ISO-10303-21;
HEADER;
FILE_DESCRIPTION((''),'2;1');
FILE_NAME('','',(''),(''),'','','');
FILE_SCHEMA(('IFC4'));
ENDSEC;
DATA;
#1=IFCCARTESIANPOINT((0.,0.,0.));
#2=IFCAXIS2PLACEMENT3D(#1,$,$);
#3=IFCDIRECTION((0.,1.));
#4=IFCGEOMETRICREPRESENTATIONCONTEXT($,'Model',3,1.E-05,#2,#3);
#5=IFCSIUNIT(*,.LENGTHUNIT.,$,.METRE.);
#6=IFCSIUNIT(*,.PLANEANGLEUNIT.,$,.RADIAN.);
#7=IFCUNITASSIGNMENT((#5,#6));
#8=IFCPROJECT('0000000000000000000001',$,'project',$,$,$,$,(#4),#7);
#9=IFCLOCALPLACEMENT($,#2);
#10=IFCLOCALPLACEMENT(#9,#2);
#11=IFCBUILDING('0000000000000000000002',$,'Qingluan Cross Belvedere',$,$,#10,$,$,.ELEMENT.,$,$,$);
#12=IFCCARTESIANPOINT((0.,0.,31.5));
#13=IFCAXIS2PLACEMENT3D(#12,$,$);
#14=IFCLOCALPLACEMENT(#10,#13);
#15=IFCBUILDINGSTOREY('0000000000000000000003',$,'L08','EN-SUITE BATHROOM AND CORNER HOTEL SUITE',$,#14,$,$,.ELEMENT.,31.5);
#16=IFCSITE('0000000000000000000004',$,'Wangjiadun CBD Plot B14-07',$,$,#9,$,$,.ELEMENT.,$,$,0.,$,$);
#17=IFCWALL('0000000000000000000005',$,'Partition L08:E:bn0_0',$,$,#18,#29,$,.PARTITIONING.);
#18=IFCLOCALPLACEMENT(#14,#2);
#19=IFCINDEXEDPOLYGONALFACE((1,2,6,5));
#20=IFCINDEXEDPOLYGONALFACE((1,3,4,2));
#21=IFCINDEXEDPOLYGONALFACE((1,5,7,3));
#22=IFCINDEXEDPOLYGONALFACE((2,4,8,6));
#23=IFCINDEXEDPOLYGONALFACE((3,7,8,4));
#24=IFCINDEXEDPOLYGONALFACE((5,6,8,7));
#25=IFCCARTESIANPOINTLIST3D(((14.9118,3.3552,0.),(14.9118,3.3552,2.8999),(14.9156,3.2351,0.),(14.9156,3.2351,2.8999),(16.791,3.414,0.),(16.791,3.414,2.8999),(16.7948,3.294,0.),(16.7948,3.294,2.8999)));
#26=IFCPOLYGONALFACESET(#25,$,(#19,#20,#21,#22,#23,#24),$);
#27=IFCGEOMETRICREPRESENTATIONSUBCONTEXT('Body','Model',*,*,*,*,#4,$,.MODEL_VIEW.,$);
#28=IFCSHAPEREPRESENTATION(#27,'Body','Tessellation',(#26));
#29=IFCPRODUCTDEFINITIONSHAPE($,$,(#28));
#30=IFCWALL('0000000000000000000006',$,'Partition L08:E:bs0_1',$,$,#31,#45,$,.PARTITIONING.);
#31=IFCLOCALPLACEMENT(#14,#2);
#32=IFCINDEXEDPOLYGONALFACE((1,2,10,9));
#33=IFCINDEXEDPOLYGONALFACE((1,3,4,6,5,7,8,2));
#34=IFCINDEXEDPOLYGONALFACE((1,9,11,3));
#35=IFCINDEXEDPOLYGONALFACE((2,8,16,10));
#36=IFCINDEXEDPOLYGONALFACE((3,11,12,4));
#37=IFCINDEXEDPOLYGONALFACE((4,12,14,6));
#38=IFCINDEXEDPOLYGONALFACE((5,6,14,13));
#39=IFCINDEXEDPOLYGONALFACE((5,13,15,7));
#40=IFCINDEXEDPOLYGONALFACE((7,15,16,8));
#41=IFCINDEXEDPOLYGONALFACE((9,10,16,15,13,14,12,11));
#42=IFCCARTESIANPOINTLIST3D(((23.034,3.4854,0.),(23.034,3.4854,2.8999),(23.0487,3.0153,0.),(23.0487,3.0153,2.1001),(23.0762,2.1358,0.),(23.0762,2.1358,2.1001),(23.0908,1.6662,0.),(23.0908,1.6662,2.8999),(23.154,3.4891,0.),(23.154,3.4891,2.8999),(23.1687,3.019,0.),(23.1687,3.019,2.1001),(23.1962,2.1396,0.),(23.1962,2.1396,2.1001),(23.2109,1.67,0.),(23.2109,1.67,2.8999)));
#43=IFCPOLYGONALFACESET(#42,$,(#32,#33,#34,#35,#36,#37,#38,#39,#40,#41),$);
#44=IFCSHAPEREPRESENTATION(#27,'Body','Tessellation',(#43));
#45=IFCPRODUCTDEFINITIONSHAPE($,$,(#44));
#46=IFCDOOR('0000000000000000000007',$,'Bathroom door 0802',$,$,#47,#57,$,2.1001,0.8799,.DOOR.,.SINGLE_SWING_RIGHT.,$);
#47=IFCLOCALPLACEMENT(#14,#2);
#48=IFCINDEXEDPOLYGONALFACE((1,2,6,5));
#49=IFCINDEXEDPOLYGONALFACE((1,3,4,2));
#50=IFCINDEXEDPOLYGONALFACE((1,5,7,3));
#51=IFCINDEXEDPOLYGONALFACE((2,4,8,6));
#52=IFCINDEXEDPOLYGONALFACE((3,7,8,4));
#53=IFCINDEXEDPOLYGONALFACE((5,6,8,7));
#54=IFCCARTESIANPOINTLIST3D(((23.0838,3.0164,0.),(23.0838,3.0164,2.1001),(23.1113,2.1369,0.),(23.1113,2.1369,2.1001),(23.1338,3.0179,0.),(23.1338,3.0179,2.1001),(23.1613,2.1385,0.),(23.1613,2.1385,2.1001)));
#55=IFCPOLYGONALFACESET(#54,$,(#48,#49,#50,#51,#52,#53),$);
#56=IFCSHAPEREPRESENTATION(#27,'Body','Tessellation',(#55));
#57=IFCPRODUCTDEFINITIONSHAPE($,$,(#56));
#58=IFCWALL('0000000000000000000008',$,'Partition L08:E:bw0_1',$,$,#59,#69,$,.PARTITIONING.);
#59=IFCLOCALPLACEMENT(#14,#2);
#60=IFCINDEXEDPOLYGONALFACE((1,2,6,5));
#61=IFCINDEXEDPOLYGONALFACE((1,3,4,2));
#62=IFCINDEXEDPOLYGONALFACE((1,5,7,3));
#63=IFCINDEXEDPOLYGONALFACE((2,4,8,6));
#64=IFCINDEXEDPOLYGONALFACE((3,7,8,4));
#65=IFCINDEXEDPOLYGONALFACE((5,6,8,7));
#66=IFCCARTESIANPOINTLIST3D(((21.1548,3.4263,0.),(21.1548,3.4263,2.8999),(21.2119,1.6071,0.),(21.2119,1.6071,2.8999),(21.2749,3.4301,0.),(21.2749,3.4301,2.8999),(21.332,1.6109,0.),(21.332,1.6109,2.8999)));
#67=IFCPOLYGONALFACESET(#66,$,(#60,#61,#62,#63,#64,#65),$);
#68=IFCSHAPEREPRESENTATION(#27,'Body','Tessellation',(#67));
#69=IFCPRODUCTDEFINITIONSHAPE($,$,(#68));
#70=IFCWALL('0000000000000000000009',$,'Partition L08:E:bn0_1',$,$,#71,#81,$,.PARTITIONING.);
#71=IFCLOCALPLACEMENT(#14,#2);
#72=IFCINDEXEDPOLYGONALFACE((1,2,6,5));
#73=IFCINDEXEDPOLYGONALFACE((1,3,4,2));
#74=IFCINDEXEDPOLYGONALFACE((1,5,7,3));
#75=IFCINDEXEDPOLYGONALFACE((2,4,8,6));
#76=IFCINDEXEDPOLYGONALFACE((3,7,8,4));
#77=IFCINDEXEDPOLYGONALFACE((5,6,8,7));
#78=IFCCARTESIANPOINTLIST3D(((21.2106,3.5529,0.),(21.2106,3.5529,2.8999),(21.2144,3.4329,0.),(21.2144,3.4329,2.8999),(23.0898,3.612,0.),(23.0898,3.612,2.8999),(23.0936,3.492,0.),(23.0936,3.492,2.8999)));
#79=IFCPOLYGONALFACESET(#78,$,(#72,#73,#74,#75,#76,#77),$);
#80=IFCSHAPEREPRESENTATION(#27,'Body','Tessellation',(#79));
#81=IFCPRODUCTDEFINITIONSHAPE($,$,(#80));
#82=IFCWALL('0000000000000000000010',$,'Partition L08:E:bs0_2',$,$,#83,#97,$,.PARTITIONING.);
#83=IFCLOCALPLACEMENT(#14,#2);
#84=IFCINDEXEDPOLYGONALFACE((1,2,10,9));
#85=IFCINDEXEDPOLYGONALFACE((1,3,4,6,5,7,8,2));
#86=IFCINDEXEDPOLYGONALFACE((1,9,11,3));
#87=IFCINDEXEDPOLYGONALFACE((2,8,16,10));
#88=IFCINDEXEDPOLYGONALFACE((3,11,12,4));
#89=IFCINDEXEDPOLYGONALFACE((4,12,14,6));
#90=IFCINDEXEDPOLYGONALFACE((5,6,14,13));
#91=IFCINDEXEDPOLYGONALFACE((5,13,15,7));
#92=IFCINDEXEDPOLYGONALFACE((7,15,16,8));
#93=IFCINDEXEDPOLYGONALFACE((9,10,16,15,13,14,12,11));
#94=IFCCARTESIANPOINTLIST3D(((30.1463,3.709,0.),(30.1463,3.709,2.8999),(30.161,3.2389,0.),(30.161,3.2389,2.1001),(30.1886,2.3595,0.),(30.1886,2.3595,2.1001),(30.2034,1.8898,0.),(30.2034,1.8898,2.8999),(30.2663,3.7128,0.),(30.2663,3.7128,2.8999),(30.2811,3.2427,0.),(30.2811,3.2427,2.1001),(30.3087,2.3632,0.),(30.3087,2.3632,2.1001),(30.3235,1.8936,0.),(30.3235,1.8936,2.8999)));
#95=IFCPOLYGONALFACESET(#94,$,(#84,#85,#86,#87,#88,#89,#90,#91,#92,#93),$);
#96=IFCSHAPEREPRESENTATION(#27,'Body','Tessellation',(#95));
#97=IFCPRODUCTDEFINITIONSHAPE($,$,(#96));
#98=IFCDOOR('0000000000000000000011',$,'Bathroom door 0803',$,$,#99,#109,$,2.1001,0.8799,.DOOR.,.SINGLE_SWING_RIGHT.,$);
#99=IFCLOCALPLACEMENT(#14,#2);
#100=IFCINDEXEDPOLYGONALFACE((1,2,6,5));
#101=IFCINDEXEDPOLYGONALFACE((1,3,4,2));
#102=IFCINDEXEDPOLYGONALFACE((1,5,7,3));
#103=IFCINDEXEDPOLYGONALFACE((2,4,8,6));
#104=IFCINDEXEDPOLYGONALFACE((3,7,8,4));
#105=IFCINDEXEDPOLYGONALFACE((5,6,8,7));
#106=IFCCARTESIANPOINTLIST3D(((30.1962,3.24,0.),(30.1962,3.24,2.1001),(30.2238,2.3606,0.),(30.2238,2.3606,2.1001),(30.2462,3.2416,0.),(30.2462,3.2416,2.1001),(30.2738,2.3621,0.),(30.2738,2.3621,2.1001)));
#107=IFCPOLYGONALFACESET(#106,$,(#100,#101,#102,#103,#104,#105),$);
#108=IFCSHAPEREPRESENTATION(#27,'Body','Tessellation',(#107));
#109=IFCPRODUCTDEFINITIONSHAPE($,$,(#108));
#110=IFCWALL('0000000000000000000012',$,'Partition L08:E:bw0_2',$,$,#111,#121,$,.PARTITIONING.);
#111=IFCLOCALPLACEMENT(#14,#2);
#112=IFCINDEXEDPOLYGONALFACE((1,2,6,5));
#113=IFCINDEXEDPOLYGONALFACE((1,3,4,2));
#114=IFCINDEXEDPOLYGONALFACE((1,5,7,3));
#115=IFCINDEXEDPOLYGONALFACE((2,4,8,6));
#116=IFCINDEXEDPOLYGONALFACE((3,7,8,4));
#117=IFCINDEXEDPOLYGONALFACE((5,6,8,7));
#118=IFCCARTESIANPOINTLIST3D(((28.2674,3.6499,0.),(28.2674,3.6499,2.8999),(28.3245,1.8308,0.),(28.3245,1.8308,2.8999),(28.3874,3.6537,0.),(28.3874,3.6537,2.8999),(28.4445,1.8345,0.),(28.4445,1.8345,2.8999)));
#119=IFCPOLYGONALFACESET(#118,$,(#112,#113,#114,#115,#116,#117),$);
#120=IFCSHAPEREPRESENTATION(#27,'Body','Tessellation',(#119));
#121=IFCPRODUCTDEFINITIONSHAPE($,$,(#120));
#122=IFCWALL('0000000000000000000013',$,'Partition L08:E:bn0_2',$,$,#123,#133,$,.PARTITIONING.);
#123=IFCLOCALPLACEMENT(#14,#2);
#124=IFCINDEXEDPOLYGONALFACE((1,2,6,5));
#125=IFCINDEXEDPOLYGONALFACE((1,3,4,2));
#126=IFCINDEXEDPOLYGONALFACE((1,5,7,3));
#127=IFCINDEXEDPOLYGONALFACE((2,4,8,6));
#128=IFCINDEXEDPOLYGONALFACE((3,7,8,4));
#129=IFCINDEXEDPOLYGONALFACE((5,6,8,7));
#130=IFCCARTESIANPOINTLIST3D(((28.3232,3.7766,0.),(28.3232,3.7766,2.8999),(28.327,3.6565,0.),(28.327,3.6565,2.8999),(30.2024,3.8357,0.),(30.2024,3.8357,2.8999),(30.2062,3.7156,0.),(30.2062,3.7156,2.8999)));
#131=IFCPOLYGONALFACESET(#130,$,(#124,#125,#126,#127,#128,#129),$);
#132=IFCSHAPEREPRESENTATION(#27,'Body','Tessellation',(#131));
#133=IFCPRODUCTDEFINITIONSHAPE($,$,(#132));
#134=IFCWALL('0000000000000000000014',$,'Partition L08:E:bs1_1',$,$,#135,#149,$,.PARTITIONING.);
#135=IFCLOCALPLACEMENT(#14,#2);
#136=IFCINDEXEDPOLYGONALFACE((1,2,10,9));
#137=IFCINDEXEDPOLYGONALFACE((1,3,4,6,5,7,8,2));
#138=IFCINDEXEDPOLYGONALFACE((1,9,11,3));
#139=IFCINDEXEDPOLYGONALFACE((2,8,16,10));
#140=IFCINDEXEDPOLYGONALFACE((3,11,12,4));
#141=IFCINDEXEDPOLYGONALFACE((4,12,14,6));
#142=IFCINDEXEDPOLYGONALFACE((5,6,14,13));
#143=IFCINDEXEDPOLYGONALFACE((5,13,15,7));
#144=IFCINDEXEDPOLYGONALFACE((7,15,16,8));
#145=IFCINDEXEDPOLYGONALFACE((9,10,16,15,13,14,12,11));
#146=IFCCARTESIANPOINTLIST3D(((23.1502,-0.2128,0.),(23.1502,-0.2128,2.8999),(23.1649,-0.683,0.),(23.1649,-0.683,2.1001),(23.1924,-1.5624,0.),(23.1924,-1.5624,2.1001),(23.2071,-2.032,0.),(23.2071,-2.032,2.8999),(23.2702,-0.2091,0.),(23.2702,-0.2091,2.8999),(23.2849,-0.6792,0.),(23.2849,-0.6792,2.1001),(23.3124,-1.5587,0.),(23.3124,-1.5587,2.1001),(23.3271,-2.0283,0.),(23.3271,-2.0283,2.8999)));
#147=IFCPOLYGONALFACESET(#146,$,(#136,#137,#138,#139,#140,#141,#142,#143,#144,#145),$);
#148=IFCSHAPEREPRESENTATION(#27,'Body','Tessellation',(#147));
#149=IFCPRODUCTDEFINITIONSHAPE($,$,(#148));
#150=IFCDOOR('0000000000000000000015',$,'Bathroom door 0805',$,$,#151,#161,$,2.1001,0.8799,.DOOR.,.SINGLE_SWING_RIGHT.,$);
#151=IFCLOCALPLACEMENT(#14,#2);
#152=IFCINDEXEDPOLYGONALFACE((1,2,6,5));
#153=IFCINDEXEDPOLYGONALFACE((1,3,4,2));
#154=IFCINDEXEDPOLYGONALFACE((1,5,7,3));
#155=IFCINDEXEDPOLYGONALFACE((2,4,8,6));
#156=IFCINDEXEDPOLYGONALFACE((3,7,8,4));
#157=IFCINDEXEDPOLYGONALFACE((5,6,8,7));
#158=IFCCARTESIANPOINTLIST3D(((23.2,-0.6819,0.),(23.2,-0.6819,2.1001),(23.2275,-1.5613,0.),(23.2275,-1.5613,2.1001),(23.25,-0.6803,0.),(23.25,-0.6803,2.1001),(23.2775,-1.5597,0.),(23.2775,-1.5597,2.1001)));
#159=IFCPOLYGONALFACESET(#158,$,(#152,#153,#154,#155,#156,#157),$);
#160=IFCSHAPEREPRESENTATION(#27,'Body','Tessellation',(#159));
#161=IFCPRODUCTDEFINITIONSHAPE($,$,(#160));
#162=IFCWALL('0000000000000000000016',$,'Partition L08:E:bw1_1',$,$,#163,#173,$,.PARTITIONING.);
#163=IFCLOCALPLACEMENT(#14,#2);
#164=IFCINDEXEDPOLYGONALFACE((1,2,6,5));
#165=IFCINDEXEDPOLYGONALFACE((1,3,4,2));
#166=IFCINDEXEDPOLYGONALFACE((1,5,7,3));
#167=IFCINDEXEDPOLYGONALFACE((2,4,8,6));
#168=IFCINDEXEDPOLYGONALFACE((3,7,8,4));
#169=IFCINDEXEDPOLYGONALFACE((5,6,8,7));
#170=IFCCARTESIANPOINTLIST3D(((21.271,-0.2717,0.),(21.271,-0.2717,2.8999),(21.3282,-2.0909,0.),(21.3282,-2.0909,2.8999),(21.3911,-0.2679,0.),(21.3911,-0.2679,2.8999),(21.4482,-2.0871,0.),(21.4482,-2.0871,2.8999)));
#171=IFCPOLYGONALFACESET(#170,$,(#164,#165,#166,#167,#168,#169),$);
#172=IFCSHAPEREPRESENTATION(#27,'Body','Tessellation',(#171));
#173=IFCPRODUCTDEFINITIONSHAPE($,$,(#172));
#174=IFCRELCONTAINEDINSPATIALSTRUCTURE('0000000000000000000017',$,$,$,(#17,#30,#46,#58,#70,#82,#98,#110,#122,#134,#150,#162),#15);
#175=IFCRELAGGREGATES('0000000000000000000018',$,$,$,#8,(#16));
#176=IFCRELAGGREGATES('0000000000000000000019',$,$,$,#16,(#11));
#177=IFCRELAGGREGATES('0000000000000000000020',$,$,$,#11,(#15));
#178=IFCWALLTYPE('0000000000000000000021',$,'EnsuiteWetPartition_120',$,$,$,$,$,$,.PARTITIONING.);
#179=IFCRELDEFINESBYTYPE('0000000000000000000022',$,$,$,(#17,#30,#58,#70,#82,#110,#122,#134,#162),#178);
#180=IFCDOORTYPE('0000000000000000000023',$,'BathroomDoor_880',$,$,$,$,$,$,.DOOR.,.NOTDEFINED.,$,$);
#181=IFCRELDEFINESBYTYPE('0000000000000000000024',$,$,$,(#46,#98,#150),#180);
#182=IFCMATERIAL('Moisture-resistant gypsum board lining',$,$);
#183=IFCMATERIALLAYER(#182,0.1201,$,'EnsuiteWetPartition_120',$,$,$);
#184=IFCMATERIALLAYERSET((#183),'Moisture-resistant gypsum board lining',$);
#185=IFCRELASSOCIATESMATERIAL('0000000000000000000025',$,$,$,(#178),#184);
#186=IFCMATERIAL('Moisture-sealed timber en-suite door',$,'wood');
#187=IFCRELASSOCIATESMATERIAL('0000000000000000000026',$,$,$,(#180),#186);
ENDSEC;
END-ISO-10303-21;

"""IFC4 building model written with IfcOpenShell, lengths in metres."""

from ifc_helpers import new_model, si_unit, direction, frame, frame_2d, origin, place, context, subcontext, project, spatial, rectangle, extrude, material, layer, layer_set, type_object, element, fill, save


model = new_model("IFC4")

# Units and contexts
model_context = context("Model", 3, precision=1e-05, world=origin(), true_north=direction((0.0, 1.0)))
body_context = subcontext(model_context, "Body", "Model", "MODEL_VIEW")
ifc_project = project(units=[si_unit("LENGTHUNIT", "METRE"), si_unit("PLANEANGLEUNIT", "RADIAN")], contexts=[model_context])

# Site, building, storey
site_placement = place(None, origin())
site = spatial("IfcSite", under=ifc_project, at=site_placement, Name="Wangjiadun CBD Plot B14-07", CompositionType="ELEMENT", RefElevation=0.0)
building_placement = place(site_placement, origin())
building = spatial("IfcBuilding", under=site, at=building_placement, Name="Qingluan Cross Belvedere", CompositionType="ELEMENT")
storey_placement = place(building_placement, frame((0.0, 0.0, 31.5)))
storey = spatial("IfcBuildingStorey", under=building, at=storey_placement, Name="L08", Description="EN-SUITE BATHROOM AND CORNER HOTEL SUITE", CompositionType="ELEMENT", Elevation=31.5)

# Shared definitions
ifc_material_1 = material(Name="Moisture-resistant gypsum board lining")
ifc_layer_1 = layer(ifc_material_1, 0.1201, Name="EnsuiteWetPartition_120")
ifc_layer_set_1 = layer_set([ifc_layer_1], Name="Moisture-resistant gypsum board lining")
wall_type_1 = type_object("IfcWallType", Name="EnsuiteWetPartition_120", PredefinedType="PARTITIONING", material=ifc_layer_set_1)
ifc_material_2 = material(Name="Moisture-sealed timber en-suite door", Category="wood")
door_type = type_object("IfcDoorType", Name="BathroomDoor_880", OperationType="NOTDEFINED", PredefinedType="DOOR", material=ifc_material_2)

# Wall
wall_1_placement = place(storey_placement, frame((14.9138, 3.2952, 0.0), z_axis=(0.0, 0.0, 1.0), x_axis=(0.99951, 0.031296, 0.0)))
element("IfcWall", 1, at=wall_1_placement, inside=storey, type_object=wall_type_1, Name="Partition L08:E:bn0_0", PredefinedType="PARTITIONING", context=body_context, shape_type="SweptSolid", body=[
    extrude(rectangle(XDim=1.8801, YDim=0.1201, at=frame_2d((0.9399, 0.0))), origin(), (0.0, 0.0, 1.0), 2.8999),
])

# Wall, opening, door
wall_2_placement = place(storey_placement, frame((23.1509, 1.668, 0.0), z_axis=(0.0, 0.0, 1.0), x_axis=(-0.031256, 0.999511, 0.0)))
wall_2 = element("IfcWall", 2, at=wall_2_placement, inside=storey, type_object=wall_type_1, Name="Partition L08:E:bs0_1", PredefinedType="PARTITIONING", context=body_context, shape_type="SweptSolid", body=[
    extrude(rectangle(XDim=1.8201, YDim=0.1201, at=frame_2d((0.9102, 0.0))), origin(), (0.0, 0.0, 1.0), 2.8999),
])
opening_1_placement = place(wall_2_placement, frame((0.47, 0.0, 0.0)))
opening_1 = element("IfcOpeningElement", 3, at=opening_1_placement, cuts=wall_2, PredefinedType="OPENING", context=body_context, shape_type="SweptSolid", body=[
    extrude(rectangle(XDim=0.8799, YDim=2.1001, at=frame_2d((0.4399, 1.05))), frame((0.0, 0.0701, 0.0), z_axis=(0.0, -1.0, 0.0), x_axis=(1.0, 0.0, 0.0)), (0.0, 0.0, 1.0), 0.1401),
])
door_1_placement = place(opening_1_placement, origin())
door_1 = element("IfcDoor", 4, at=door_1_placement, inside=storey, type_object=door_type, Name="Bathroom door 0802", OperationType="SINGLE_SWING_RIGHT", OverallHeight=2.1001, OverallWidth=0.8799, PredefinedType="DOOR", context=body_context, shape_type="SweptSolid", body=[
    extrude(rectangle(XDim=0.8799, YDim=2.1001, at=frame_2d((0.4399, 1.05))), frame((0.0, 0.0249, 0.0), z_axis=(0.0, -1.0, 0.0), x_axis=(1.0, 0.0, 0.0)), (0.0, 0.0, 1.0), 0.05),
])
fill(opening_1, door_1)

# Walls
wall_3_placement = place(storey_placement, frame((21.272, 1.6089, 0.0), z_axis=(0.0, 0.0, 1.0), x_axis=(-0.03139, 0.999507, 0.0)))
element("IfcWall", 5, at=wall_3_placement, inside=storey, type_object=wall_type_1, Name="Partition L08:E:bw0_1", PredefinedType="PARTITIONING", context=body_context, shape_type="SweptSolid", body=[
    extrude(rectangle(XDim=1.8201, YDim=0.1201, at=frame_2d((0.9102, 0.0))), origin(), (0.0, 0.0, 1.0), 2.8999),
])
wall_4_placement = place(storey_placement, frame((21.2126, 3.4929, 0.0), z_axis=(0.0, 0.0, 1.0), x_axis=(0.999506, 0.031425, 0.0)))
element("IfcWall", 6, at=wall_4_placement, inside=storey, type_object=wall_type_1, Name="Partition L08:E:bn0_1", PredefinedType="PARTITIONING", context=body_context, shape_type="SweptSolid", body=[
    extrude(rectangle(XDim=1.8801, YDim=0.1201, at=frame_2d((0.9399, 0.0))), origin(), (0.0, 0.0, 1.0), 2.8999),
])

# Wall, opening, door
wall_5_placement = place(storey_placement, frame((30.2634, 1.8916, 0.0), z_axis=(0.0, 0.0, 1.0), x_axis=(-0.03139, 0.999507, 0.0)))
wall_5 = element("IfcWall", 7, at=wall_5_placement, inside=storey, type_object=wall_type_1, Name="Partition L08:E:bs0_2", PredefinedType="PARTITIONING", context=body_context, shape_type="SweptSolid", body=[
    extrude(rectangle(XDim=1.8201, YDim=0.1201, at=frame_2d((0.9102, 0.0))), origin(), (0.0, 0.0, 1.0), 2.8999),
])
opening_2_placement = place(wall_5_placement, frame((0.47, 0.0, 0.0)))
opening_2 = element("IfcOpeningElement", 8, at=opening_2_placement, cuts=wall_5, PredefinedType="OPENING", context=body_context, shape_type="SweptSolid", body=[
    extrude(rectangle(XDim=0.8799, YDim=2.1001, at=frame_2d((0.4399, 1.05))), frame((0.0, 0.0701, 0.0), z_axis=(0.0, -1.0, 0.0), x_axis=(1.0, 0.0, 0.0)), (0.0, 0.0, 1.0), 0.1401),
])
door_2_placement = place(opening_2_placement, origin())
door_2 = element("IfcDoor", 9, at=door_2_placement, inside=storey, type_object=door_type, Name="Bathroom door 0803", OperationType="SINGLE_SWING_RIGHT", OverallHeight=2.1001, OverallWidth=0.8799, PredefinedType="DOOR", context=body_context, shape_type="SweptSolid", body=[
    extrude(rectangle(XDim=0.8799, YDim=2.1001, at=frame_2d((0.4399, 1.05))), frame((0.0, 0.0249, 0.0), z_axis=(0.0, -1.0, 0.0), x_axis=(1.0, 0.0, 0.0)), (0.0, 0.0, 1.0), 0.05),
])
fill(opening_2, door_2)

# Walls
wall_6_placement = place(storey_placement, frame((28.3845, 1.8325, 0.0), z_axis=(0.0, 0.0, 1.0), x_axis=(-0.03139, 0.999507, 0.0)))
element("IfcWall", 10, at=wall_6_placement, inside=storey, type_object=wall_type_1, Name="Partition L08:E:bw0_2", PredefinedType="PARTITIONING", context=body_context, shape_type="SweptSolid", body=[
    extrude(rectangle(XDim=1.8201, YDim=0.1201, at=frame_2d((0.9102, 0.0))), origin(), (0.0, 0.0, 1.0), 2.8999),
])
wall_7_placement = place(storey_placement, frame((28.3252, 3.7166, 0.0), z_axis=(0.0, 0.0, 1.0), x_axis=(0.999506, 0.031425, 0.0)))
element("IfcWall", 11, at=wall_7_placement, inside=storey, type_object=wall_type_1, Name="Partition L08:E:bn0_2", PredefinedType="PARTITIONING", context=body_context, shape_type="SweptSolid", body=[
    extrude(rectangle(XDim=1.8801, YDim=0.1201, at=frame_2d((0.9399, 0.0))), origin(), (0.0, 0.0, 1.0), 2.8999),
])

# Wall, opening, door
wall_8_placement = place(storey_placement, frame((23.2671, -2.0303, 0.0), z_axis=(0.0, 0.0, 1.0), x_axis=(-0.031256, 0.999511, 0.0)))
wall_8 = element("IfcWall", 12, at=wall_8_placement, inside=storey, type_object=wall_type_1, Name="Partition L08:E:bs1_1", PredefinedType="PARTITIONING", context=body_context, shape_type="SweptSolid", body=[
    extrude(rectangle(XDim=1.8201, YDim=0.1201, at=frame_2d((0.9102, 0.0))), origin(), (0.0, 0.0, 1.0), 2.8999),
])
opening_3_placement = place(wall_8_placement, frame((0.47, 0.0, 0.0)))
opening_3 = element("IfcOpeningElement", 13, at=opening_3_placement, cuts=wall_8, PredefinedType="OPENING", context=body_context, shape_type="SweptSolid", body=[
    extrude(rectangle(XDim=0.8799, YDim=2.1001, at=frame_2d((0.4399, 1.05))), frame((0.0, 0.0701, 0.0), z_axis=(0.0, -1.0, 0.0), x_axis=(1.0, 0.0, 0.0)), (0.0, 0.0, 1.0), 0.1401),
])
door_3_placement = place(opening_3_placement, origin())
door_3 = element("IfcDoor", 14, at=door_3_placement, inside=storey, type_object=door_type, Name="Bathroom door 0805", OperationType="SINGLE_SWING_RIGHT", OverallHeight=2.1001, OverallWidth=0.8799, PredefinedType="DOOR", context=body_context, shape_type="SweptSolid", body=[
    extrude(rectangle(XDim=0.8799, YDim=2.1001, at=frame_2d((0.4399, 1.05))), frame((0.0, 0.0249, 0.0), z_axis=(0.0, -1.0, 0.0), x_axis=(1.0, 0.0, 0.0)), (0.0, 0.0, 1.0), 0.05),
])
fill(opening_3, door_3)

# Wall
wall_9_placement = place(storey_placement, frame((21.3882, -2.0891, 0.0), z_axis=(0.0, 0.0, 1.0), x_axis=(-0.03139, 0.999507, 0.0)))
element("IfcWall", 15, at=wall_9_placement, inside=storey, type_object=wall_type_1, Name="Partition L08:E:bw1_1", PredefinedType="PARTITIONING", context=body_context, shape_type="SweptSolid", body=[
    extrude(rectangle(XDim=1.8201, YDim=0.1201, at=frame_2d((0.9102, 0.0))), origin(), (0.0, 0.0, 1.0), 2.8999),
])

save(model, "model.ifc")
